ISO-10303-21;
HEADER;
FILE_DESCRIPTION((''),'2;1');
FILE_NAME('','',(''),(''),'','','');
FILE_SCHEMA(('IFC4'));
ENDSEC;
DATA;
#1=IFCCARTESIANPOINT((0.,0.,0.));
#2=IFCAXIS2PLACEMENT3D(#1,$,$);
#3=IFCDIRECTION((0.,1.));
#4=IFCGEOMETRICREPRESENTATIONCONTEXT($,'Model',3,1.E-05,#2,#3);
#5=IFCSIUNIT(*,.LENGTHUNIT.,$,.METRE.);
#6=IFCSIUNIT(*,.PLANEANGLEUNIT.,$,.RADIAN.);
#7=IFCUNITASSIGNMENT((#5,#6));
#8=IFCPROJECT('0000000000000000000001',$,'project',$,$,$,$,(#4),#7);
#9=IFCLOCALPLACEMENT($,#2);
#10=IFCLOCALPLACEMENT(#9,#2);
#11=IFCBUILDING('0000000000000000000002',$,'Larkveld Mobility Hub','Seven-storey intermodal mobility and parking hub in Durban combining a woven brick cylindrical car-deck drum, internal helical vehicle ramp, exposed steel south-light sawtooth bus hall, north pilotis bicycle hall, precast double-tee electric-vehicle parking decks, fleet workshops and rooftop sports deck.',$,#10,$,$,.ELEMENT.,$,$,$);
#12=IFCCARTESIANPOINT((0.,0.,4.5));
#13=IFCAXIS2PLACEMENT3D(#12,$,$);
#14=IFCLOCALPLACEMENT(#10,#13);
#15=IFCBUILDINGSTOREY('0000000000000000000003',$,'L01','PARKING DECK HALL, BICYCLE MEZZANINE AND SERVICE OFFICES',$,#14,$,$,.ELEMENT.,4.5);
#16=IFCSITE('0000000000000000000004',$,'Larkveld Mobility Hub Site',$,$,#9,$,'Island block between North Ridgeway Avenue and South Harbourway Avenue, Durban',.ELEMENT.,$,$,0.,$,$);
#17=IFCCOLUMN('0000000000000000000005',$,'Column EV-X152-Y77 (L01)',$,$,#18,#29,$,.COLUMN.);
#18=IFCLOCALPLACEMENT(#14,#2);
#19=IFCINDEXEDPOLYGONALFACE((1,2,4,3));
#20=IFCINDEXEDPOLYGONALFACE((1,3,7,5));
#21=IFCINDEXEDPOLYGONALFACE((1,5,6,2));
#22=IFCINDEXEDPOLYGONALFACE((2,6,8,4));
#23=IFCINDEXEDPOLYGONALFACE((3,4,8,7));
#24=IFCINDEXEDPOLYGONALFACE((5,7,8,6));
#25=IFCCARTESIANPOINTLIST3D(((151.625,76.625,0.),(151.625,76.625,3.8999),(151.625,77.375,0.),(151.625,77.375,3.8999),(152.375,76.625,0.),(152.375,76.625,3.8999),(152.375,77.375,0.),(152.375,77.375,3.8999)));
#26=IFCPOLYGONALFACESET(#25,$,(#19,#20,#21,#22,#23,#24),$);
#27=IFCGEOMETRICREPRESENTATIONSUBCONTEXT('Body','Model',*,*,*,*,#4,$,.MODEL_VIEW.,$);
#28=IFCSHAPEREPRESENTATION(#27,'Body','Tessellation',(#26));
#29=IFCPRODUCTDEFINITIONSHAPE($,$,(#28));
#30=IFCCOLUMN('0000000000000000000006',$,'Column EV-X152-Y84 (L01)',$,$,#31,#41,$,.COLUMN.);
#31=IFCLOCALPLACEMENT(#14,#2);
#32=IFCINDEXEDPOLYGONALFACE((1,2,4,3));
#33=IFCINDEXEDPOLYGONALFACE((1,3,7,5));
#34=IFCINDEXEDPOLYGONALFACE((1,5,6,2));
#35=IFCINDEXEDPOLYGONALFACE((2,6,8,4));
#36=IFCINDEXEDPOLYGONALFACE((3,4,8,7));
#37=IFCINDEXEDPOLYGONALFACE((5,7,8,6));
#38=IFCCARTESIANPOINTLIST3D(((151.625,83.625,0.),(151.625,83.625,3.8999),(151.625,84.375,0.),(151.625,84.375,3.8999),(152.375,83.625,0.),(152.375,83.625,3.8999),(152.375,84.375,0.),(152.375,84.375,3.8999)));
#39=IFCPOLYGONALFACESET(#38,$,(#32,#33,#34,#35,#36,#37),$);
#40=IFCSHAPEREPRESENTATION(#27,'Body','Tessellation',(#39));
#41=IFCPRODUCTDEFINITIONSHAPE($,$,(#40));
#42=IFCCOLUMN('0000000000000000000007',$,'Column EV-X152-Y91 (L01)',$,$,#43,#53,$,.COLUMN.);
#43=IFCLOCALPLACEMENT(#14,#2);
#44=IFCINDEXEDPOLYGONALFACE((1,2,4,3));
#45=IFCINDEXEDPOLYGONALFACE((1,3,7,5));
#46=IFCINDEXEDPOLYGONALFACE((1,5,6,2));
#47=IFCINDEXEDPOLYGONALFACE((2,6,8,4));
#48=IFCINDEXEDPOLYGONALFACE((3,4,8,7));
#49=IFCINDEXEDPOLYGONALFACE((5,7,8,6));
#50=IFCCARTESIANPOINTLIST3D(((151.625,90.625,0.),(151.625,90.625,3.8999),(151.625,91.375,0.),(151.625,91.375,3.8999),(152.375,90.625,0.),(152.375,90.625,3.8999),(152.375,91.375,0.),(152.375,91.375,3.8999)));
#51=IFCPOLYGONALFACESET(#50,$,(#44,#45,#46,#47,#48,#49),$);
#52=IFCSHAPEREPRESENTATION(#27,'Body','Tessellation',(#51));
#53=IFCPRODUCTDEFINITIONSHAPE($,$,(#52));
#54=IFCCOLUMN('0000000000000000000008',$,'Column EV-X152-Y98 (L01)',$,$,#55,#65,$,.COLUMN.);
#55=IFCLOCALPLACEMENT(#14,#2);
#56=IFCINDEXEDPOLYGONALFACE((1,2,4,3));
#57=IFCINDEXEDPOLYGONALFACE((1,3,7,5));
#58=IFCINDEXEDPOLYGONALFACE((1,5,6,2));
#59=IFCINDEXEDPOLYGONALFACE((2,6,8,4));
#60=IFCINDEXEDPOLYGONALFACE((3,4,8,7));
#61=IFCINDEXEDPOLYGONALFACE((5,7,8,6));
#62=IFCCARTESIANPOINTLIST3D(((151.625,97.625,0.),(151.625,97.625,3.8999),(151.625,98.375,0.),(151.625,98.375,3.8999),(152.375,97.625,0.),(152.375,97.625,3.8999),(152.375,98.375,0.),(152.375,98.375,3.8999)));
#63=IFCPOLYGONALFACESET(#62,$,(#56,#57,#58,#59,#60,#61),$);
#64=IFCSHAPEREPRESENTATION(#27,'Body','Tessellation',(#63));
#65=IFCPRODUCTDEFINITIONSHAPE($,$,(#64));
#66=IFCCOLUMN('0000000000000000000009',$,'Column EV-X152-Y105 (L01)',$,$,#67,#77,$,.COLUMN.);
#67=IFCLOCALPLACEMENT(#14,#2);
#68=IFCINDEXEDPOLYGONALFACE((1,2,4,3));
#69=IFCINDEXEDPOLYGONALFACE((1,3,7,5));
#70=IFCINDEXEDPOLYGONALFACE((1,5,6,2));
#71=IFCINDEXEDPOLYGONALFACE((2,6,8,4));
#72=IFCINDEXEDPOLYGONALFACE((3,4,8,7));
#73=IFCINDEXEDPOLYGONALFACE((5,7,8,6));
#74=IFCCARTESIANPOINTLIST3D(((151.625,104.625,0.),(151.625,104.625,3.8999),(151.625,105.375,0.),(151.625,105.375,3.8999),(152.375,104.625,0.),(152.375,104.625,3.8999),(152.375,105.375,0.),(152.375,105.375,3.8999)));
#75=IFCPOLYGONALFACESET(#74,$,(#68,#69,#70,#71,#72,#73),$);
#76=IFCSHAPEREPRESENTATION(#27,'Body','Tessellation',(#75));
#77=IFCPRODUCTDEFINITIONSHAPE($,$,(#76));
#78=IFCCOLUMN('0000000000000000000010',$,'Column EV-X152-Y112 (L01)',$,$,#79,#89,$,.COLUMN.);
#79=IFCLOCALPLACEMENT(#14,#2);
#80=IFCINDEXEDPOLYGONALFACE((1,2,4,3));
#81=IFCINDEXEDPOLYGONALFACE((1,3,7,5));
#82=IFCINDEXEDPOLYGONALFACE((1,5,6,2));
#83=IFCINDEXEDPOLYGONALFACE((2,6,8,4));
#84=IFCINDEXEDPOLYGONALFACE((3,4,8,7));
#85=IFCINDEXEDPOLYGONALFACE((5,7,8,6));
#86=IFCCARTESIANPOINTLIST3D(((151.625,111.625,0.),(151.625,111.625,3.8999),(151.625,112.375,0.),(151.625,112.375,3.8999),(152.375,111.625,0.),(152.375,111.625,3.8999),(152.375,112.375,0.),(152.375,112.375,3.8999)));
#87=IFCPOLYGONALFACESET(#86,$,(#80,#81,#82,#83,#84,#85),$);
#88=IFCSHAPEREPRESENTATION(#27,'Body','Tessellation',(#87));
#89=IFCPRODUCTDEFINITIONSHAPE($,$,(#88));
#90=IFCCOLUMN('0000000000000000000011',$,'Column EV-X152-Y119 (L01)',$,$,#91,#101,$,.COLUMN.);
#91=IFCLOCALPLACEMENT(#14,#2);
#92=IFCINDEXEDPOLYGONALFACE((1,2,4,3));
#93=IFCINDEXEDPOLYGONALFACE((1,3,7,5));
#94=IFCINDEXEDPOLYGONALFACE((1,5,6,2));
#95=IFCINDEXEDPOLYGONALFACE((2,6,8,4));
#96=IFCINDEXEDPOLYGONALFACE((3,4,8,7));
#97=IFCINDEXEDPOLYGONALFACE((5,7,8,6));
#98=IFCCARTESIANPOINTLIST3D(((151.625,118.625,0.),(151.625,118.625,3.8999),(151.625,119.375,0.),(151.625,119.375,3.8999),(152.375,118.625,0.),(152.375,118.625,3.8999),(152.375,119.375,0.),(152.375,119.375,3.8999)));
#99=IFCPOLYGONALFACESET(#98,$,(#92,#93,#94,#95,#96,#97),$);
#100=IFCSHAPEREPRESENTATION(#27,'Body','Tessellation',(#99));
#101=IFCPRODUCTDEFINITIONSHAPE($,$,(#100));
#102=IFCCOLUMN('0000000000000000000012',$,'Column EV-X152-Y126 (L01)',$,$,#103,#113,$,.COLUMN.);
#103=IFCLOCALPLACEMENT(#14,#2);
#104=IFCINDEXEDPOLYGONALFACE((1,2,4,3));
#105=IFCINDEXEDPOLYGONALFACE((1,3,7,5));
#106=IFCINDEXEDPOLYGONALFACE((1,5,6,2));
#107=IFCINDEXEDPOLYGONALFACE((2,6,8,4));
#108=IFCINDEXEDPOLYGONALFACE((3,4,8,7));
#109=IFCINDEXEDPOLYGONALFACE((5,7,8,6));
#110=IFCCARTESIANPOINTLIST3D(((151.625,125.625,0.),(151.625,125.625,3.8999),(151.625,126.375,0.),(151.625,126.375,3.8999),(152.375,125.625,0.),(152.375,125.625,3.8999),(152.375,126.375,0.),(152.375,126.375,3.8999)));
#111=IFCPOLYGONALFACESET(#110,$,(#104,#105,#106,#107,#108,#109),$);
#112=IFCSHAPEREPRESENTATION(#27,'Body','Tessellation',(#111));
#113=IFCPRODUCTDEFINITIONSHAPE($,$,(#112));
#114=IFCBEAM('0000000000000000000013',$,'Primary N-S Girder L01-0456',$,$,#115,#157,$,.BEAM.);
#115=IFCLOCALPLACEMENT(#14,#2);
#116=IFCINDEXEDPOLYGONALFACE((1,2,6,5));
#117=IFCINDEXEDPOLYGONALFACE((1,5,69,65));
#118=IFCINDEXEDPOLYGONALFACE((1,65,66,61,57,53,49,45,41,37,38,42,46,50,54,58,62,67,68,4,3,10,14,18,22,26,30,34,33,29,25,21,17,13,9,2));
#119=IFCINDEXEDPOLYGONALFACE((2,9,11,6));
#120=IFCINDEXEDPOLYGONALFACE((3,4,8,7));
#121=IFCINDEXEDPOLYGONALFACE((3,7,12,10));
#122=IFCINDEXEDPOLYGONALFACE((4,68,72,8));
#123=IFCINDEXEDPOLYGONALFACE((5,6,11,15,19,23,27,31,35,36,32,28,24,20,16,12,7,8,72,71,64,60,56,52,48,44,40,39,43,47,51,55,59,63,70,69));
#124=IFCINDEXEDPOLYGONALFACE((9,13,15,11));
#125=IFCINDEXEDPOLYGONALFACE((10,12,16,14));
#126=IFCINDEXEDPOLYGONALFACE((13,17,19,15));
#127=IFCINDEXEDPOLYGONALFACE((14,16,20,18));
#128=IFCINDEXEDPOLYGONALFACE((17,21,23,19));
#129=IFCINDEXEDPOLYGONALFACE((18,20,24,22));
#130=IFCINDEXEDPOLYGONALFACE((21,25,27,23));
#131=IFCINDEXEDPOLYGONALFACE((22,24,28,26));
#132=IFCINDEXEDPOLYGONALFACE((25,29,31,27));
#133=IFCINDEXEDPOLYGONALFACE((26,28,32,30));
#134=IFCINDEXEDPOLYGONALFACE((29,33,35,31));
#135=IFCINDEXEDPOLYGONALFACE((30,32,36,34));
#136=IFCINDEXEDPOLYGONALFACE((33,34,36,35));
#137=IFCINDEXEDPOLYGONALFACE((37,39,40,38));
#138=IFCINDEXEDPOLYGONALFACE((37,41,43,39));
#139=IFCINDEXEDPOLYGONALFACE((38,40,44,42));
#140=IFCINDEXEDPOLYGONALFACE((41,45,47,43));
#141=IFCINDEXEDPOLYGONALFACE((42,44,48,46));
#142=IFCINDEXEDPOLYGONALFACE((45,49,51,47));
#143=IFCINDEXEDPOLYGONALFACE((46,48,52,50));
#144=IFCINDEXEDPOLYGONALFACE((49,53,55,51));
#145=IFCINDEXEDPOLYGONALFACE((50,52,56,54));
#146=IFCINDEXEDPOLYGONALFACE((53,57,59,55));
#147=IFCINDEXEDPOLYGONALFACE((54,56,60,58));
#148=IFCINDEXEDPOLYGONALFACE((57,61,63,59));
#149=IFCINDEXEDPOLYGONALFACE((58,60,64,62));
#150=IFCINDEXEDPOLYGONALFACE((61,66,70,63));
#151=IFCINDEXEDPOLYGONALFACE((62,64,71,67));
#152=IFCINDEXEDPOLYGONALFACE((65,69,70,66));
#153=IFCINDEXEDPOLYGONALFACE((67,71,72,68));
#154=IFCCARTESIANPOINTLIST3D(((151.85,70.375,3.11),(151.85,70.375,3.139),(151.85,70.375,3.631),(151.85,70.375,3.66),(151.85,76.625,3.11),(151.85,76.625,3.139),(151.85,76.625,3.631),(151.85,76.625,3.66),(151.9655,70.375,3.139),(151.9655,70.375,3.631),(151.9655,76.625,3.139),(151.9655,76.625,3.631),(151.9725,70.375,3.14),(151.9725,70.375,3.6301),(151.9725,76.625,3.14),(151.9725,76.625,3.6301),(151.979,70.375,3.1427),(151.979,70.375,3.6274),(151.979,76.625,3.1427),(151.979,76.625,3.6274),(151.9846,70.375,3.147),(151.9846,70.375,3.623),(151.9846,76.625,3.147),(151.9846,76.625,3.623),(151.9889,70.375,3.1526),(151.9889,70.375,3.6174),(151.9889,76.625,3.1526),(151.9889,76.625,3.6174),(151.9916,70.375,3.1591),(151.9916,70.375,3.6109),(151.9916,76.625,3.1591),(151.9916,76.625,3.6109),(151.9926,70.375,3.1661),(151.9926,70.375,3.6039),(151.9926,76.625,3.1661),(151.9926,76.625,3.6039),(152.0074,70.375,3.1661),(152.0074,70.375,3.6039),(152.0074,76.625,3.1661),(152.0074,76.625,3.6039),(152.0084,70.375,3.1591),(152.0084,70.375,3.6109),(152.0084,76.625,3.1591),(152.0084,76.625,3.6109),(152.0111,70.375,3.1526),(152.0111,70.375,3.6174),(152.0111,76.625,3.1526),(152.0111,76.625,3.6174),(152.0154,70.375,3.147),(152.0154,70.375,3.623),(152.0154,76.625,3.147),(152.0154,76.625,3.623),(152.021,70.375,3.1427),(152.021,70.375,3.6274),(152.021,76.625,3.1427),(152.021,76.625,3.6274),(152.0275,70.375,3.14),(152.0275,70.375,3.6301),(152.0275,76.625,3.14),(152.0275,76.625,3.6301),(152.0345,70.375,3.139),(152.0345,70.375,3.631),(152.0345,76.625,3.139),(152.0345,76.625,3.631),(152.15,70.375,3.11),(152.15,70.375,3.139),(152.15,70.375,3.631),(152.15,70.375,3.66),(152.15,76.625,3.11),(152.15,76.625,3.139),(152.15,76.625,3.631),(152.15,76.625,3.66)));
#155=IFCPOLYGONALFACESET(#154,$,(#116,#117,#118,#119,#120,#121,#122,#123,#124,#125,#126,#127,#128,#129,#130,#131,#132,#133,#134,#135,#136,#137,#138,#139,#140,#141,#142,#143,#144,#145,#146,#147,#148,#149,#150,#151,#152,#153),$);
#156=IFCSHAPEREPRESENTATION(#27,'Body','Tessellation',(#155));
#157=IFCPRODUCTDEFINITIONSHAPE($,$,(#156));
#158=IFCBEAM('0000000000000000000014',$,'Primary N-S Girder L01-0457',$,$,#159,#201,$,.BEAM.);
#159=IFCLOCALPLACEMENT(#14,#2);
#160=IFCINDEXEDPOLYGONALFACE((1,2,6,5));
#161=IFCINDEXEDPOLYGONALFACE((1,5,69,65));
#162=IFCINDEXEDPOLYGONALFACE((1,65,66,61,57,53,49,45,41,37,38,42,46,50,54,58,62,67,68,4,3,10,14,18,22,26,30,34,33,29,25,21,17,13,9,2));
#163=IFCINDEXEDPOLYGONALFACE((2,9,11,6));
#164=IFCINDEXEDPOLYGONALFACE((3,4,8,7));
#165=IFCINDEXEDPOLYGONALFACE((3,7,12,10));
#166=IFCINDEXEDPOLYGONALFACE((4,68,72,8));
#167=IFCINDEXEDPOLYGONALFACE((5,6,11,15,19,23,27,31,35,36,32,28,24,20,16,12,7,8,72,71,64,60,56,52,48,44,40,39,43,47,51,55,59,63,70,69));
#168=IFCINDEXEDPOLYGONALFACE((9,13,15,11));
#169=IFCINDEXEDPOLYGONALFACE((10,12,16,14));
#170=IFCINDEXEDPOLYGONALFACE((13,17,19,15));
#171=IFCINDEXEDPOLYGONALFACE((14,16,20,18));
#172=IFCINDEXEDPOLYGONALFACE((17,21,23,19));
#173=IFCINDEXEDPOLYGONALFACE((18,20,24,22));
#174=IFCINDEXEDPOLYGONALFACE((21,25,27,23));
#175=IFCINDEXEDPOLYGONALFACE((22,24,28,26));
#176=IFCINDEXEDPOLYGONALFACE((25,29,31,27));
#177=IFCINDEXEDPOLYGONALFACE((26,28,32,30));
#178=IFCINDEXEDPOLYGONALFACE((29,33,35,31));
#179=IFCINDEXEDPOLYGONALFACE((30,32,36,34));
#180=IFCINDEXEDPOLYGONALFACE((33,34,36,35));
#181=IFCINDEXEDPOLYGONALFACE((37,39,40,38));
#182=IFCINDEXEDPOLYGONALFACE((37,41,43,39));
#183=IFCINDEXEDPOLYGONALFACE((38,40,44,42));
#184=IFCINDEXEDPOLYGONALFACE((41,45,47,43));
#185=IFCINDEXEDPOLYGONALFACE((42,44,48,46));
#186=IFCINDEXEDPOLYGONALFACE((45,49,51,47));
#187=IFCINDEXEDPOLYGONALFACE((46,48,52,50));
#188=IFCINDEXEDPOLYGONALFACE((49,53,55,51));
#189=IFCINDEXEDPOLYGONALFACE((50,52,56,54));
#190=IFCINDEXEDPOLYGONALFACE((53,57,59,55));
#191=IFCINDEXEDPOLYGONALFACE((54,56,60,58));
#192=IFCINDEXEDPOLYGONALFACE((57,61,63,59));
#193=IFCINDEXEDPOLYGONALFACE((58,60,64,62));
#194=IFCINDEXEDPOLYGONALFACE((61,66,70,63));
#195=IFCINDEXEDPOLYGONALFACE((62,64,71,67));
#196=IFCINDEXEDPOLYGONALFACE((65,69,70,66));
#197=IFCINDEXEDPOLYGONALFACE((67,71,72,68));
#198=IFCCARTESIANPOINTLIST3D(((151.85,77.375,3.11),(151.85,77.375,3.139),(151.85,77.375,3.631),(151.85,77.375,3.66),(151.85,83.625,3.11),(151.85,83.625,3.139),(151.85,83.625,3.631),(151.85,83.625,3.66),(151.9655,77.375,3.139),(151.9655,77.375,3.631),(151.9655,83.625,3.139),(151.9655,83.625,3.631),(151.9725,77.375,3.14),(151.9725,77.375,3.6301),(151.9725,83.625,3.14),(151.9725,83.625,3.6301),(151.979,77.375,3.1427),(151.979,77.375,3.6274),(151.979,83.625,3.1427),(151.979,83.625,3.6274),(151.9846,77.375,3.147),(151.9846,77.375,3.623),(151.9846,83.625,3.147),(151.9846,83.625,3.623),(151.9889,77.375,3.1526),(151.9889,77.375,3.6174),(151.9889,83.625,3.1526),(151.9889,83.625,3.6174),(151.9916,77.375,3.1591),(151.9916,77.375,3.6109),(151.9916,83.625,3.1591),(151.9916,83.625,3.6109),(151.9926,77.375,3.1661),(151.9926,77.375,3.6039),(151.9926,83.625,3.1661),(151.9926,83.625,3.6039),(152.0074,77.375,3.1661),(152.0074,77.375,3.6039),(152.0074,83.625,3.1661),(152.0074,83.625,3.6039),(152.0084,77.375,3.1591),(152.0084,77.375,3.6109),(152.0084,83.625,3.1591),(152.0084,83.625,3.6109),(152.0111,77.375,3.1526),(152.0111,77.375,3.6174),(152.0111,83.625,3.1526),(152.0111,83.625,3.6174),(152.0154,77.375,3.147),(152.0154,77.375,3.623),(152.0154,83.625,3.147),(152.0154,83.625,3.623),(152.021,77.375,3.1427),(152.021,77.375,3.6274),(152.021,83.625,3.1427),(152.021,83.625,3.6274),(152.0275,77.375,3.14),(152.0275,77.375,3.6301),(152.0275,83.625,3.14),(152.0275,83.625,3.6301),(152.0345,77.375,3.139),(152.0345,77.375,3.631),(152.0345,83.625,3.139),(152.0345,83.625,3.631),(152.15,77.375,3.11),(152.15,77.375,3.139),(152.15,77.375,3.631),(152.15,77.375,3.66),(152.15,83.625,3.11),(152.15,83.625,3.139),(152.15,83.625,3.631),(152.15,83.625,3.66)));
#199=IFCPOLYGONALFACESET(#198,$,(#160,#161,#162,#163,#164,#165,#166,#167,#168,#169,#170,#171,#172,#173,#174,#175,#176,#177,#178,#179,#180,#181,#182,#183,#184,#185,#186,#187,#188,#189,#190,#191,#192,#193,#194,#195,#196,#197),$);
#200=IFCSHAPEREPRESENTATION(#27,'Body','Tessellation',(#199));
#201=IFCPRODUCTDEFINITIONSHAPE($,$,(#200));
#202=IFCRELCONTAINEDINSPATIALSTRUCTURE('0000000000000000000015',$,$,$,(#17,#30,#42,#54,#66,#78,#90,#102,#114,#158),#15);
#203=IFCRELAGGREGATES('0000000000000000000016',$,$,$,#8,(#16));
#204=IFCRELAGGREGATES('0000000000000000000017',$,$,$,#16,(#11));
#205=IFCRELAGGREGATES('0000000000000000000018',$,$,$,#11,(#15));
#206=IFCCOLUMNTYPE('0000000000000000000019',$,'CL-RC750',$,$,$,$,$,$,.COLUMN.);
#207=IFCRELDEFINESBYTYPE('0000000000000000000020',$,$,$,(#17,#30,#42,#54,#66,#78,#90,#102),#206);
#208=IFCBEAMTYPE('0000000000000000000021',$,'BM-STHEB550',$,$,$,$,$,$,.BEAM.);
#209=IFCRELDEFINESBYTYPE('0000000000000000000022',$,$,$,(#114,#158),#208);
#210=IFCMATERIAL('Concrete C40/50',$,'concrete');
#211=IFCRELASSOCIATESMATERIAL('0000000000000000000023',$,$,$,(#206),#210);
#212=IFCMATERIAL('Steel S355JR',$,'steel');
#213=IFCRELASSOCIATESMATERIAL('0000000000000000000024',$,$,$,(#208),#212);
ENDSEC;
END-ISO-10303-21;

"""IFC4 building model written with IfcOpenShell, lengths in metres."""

from ifc_helpers import new_model, si_unit, direction, frame, origin, origin_2d, place, context, subcontext, project, spatial, rectangle, i_section, extrude, material, material_profile, profile_set, type_object, element, save


model = new_model("IFC4")

# Units and contexts
model_context = context("Model", 3, precision=1e-05, world=origin(), true_north=direction((0.0, 1.0)))
body_context = subcontext(model_context, "Body", "Model", "MODEL_VIEW")
ifc_project = project(units=[si_unit("LENGTHUNIT", "METRE"), si_unit("PLANEANGLEUNIT", "RADIAN")], contexts=[model_context])

# Site, building, storey
site_placement = place(None, origin())
site = spatial("IfcSite", under=ifc_project, at=site_placement, Name="Larkveld Mobility Hub Site", LongName="Island block between North Ridgeway Avenue and South Harbourway Avenue, Durban", CompositionType="ELEMENT", RefElevation=0.0)
building_placement = place(site_placement, origin())
building = spatial("IfcBuilding", under=site, at=building_placement, Name="Larkveld Mobility Hub", Description="Seven-storey intermodal mobility and parking hub in Durban combining a woven brick cylindrical car-deck drum, internal helical vehicle ramp, exposed steel south-light sawtooth bus hall, north pilotis bicycle hall, precast double-tee electric-vehicle parking decks, fleet workshops and rooftop sports deck.", CompositionType="ELEMENT")
storey_placement = place(building_placement, frame((0.0, 0.0, 4.5)))
storey = spatial("IfcBuildingStorey", under=building, at=storey_placement, Name="L01", Description="PARKING DECK HALL, BICYCLE MEZZANINE AND SERVICE OFFICES", CompositionType="ELEMENT", Elevation=4.5)

# Columns
ifc_material_1 = material(Name="Concrete C40/50", Category="concrete")
ifc_material_profile_1 = material_profile(ifc_material_1, rectangle(XDim=0.75, YDim=0.75, at=origin_2d()), Name="RC COL 750x750")
ifc_profile_set_1 = profile_set([ifc_material_profile_1], Name="Concrete C40/50")
column_type = type_object("IfcColumnType", Name="CL-RC750", PredefinedType="COLUMN", material=ifc_profile_set_1)
for number, where, z_axis, x_axis, name in (
    (1, (152.0, 77.0, 0.0), (0.0, 0.0, 1.0), (1.0, 0.0, 0.0), "Column EV-X152-Y77 (L01)"),
    (2, (152.0, 84.0, 0.0), (0.0, 0.0, 1.0), (1.0, 0.0, 0.0), "Column EV-X152-Y84 (L01)"),
    (3, (152.0, 91.0, 0.0), (0.0, 0.0, 1.0), (1.0, 0.0, 0.0), "Column EV-X152-Y91 (L01)"),
    (4, (152.0, 98.0, 0.0), (0.0, 0.0, 1.0), (1.0, 0.0, 0.0), "Column EV-X152-Y98 (L01)"),
    (5, (152.0, 105.0, 0.0), (0.0, 0.0, 1.0), (1.0, 0.0, 0.0), "Column EV-X152-Y105 (L01)"),
    (6, (152.0, 112.0, 0.0), (0.0, 0.0, 1.0), (1.0, 0.0, 0.0), "Column EV-X152-Y112 (L01)"),
    (7, (152.0, 119.0, 0.0), (0.0, 0.0, 1.0), (1.0, 0.0, 0.0), "Column EV-X152-Y119 (L01)"),
    (8, (152.0, 126.0, 0.0), (0.0, 0.0, 1.0), (1.0, 0.0, 0.0), "Column EV-X152-Y126 (L01)"),
):
    element("IfcColumn", number, at=place(storey_placement, frame(where, z_axis=z_axis, x_axis=x_axis)), inside=storey, type_object=column_type, Name=name, PredefinedType="COLUMN", context=body_context, shape_type="SweptSolid", body=[
        extrude(rectangle(XDim=0.75, YDim=0.75, at=origin_2d()), origin(), (0.0, 0.0, 1.0), 3.8999),
    ])

# Beams
ifc_material_2 = material(Name="Steel S355JR", Category="steel")
ifc_material_profile_2 = material_profile(ifc_material_2, i_section(OverallWidth=0.3, OverallDepth=0.55, WebThickness=0.0149, FlangeThickness=0.0291, FilletRadius=0.0271, at=origin_2d()), Name="HEB 550")
ifc_profile_set_2 = profile_set([ifc_material_profile_2], Name="Steel S355JR")
beam_type = type_object("IfcBeamType", Name="BM-STHEB550", PredefinedType="BEAM", material=ifc_profile_set_2)
for number, where, z_axis, x_axis, name in (
    (9, (152.0, 70.375, 3.385), (0.0, 1.0, 0.0), (-1.0, 0.0, 0.0), "Primary N-S Girder L01-0456"),
    (10, (152.0, 77.375, 3.385), (0.0, 1.0, 0.0), (-1.0, 0.0, 0.0), "Primary N-S Girder L01-0457"),
):
    element("IfcBeam", number, at=place(storey_placement, frame(where, z_axis=z_axis, x_axis=x_axis)), inside=storey, type_object=beam_type, Name=name, PredefinedType="BEAM", context=body_context, shape_type="SweptSolid", body=[
        extrude(i_section(OverallWidth=0.3, OverallDepth=0.55, WebThickness=0.0149, FlangeThickness=0.0291, FilletRadius=0.0271, at=origin_2d()), origin(), (0.0, 0.0, 1.0), 6.25),
    ])

save(model, "model.ifc")
